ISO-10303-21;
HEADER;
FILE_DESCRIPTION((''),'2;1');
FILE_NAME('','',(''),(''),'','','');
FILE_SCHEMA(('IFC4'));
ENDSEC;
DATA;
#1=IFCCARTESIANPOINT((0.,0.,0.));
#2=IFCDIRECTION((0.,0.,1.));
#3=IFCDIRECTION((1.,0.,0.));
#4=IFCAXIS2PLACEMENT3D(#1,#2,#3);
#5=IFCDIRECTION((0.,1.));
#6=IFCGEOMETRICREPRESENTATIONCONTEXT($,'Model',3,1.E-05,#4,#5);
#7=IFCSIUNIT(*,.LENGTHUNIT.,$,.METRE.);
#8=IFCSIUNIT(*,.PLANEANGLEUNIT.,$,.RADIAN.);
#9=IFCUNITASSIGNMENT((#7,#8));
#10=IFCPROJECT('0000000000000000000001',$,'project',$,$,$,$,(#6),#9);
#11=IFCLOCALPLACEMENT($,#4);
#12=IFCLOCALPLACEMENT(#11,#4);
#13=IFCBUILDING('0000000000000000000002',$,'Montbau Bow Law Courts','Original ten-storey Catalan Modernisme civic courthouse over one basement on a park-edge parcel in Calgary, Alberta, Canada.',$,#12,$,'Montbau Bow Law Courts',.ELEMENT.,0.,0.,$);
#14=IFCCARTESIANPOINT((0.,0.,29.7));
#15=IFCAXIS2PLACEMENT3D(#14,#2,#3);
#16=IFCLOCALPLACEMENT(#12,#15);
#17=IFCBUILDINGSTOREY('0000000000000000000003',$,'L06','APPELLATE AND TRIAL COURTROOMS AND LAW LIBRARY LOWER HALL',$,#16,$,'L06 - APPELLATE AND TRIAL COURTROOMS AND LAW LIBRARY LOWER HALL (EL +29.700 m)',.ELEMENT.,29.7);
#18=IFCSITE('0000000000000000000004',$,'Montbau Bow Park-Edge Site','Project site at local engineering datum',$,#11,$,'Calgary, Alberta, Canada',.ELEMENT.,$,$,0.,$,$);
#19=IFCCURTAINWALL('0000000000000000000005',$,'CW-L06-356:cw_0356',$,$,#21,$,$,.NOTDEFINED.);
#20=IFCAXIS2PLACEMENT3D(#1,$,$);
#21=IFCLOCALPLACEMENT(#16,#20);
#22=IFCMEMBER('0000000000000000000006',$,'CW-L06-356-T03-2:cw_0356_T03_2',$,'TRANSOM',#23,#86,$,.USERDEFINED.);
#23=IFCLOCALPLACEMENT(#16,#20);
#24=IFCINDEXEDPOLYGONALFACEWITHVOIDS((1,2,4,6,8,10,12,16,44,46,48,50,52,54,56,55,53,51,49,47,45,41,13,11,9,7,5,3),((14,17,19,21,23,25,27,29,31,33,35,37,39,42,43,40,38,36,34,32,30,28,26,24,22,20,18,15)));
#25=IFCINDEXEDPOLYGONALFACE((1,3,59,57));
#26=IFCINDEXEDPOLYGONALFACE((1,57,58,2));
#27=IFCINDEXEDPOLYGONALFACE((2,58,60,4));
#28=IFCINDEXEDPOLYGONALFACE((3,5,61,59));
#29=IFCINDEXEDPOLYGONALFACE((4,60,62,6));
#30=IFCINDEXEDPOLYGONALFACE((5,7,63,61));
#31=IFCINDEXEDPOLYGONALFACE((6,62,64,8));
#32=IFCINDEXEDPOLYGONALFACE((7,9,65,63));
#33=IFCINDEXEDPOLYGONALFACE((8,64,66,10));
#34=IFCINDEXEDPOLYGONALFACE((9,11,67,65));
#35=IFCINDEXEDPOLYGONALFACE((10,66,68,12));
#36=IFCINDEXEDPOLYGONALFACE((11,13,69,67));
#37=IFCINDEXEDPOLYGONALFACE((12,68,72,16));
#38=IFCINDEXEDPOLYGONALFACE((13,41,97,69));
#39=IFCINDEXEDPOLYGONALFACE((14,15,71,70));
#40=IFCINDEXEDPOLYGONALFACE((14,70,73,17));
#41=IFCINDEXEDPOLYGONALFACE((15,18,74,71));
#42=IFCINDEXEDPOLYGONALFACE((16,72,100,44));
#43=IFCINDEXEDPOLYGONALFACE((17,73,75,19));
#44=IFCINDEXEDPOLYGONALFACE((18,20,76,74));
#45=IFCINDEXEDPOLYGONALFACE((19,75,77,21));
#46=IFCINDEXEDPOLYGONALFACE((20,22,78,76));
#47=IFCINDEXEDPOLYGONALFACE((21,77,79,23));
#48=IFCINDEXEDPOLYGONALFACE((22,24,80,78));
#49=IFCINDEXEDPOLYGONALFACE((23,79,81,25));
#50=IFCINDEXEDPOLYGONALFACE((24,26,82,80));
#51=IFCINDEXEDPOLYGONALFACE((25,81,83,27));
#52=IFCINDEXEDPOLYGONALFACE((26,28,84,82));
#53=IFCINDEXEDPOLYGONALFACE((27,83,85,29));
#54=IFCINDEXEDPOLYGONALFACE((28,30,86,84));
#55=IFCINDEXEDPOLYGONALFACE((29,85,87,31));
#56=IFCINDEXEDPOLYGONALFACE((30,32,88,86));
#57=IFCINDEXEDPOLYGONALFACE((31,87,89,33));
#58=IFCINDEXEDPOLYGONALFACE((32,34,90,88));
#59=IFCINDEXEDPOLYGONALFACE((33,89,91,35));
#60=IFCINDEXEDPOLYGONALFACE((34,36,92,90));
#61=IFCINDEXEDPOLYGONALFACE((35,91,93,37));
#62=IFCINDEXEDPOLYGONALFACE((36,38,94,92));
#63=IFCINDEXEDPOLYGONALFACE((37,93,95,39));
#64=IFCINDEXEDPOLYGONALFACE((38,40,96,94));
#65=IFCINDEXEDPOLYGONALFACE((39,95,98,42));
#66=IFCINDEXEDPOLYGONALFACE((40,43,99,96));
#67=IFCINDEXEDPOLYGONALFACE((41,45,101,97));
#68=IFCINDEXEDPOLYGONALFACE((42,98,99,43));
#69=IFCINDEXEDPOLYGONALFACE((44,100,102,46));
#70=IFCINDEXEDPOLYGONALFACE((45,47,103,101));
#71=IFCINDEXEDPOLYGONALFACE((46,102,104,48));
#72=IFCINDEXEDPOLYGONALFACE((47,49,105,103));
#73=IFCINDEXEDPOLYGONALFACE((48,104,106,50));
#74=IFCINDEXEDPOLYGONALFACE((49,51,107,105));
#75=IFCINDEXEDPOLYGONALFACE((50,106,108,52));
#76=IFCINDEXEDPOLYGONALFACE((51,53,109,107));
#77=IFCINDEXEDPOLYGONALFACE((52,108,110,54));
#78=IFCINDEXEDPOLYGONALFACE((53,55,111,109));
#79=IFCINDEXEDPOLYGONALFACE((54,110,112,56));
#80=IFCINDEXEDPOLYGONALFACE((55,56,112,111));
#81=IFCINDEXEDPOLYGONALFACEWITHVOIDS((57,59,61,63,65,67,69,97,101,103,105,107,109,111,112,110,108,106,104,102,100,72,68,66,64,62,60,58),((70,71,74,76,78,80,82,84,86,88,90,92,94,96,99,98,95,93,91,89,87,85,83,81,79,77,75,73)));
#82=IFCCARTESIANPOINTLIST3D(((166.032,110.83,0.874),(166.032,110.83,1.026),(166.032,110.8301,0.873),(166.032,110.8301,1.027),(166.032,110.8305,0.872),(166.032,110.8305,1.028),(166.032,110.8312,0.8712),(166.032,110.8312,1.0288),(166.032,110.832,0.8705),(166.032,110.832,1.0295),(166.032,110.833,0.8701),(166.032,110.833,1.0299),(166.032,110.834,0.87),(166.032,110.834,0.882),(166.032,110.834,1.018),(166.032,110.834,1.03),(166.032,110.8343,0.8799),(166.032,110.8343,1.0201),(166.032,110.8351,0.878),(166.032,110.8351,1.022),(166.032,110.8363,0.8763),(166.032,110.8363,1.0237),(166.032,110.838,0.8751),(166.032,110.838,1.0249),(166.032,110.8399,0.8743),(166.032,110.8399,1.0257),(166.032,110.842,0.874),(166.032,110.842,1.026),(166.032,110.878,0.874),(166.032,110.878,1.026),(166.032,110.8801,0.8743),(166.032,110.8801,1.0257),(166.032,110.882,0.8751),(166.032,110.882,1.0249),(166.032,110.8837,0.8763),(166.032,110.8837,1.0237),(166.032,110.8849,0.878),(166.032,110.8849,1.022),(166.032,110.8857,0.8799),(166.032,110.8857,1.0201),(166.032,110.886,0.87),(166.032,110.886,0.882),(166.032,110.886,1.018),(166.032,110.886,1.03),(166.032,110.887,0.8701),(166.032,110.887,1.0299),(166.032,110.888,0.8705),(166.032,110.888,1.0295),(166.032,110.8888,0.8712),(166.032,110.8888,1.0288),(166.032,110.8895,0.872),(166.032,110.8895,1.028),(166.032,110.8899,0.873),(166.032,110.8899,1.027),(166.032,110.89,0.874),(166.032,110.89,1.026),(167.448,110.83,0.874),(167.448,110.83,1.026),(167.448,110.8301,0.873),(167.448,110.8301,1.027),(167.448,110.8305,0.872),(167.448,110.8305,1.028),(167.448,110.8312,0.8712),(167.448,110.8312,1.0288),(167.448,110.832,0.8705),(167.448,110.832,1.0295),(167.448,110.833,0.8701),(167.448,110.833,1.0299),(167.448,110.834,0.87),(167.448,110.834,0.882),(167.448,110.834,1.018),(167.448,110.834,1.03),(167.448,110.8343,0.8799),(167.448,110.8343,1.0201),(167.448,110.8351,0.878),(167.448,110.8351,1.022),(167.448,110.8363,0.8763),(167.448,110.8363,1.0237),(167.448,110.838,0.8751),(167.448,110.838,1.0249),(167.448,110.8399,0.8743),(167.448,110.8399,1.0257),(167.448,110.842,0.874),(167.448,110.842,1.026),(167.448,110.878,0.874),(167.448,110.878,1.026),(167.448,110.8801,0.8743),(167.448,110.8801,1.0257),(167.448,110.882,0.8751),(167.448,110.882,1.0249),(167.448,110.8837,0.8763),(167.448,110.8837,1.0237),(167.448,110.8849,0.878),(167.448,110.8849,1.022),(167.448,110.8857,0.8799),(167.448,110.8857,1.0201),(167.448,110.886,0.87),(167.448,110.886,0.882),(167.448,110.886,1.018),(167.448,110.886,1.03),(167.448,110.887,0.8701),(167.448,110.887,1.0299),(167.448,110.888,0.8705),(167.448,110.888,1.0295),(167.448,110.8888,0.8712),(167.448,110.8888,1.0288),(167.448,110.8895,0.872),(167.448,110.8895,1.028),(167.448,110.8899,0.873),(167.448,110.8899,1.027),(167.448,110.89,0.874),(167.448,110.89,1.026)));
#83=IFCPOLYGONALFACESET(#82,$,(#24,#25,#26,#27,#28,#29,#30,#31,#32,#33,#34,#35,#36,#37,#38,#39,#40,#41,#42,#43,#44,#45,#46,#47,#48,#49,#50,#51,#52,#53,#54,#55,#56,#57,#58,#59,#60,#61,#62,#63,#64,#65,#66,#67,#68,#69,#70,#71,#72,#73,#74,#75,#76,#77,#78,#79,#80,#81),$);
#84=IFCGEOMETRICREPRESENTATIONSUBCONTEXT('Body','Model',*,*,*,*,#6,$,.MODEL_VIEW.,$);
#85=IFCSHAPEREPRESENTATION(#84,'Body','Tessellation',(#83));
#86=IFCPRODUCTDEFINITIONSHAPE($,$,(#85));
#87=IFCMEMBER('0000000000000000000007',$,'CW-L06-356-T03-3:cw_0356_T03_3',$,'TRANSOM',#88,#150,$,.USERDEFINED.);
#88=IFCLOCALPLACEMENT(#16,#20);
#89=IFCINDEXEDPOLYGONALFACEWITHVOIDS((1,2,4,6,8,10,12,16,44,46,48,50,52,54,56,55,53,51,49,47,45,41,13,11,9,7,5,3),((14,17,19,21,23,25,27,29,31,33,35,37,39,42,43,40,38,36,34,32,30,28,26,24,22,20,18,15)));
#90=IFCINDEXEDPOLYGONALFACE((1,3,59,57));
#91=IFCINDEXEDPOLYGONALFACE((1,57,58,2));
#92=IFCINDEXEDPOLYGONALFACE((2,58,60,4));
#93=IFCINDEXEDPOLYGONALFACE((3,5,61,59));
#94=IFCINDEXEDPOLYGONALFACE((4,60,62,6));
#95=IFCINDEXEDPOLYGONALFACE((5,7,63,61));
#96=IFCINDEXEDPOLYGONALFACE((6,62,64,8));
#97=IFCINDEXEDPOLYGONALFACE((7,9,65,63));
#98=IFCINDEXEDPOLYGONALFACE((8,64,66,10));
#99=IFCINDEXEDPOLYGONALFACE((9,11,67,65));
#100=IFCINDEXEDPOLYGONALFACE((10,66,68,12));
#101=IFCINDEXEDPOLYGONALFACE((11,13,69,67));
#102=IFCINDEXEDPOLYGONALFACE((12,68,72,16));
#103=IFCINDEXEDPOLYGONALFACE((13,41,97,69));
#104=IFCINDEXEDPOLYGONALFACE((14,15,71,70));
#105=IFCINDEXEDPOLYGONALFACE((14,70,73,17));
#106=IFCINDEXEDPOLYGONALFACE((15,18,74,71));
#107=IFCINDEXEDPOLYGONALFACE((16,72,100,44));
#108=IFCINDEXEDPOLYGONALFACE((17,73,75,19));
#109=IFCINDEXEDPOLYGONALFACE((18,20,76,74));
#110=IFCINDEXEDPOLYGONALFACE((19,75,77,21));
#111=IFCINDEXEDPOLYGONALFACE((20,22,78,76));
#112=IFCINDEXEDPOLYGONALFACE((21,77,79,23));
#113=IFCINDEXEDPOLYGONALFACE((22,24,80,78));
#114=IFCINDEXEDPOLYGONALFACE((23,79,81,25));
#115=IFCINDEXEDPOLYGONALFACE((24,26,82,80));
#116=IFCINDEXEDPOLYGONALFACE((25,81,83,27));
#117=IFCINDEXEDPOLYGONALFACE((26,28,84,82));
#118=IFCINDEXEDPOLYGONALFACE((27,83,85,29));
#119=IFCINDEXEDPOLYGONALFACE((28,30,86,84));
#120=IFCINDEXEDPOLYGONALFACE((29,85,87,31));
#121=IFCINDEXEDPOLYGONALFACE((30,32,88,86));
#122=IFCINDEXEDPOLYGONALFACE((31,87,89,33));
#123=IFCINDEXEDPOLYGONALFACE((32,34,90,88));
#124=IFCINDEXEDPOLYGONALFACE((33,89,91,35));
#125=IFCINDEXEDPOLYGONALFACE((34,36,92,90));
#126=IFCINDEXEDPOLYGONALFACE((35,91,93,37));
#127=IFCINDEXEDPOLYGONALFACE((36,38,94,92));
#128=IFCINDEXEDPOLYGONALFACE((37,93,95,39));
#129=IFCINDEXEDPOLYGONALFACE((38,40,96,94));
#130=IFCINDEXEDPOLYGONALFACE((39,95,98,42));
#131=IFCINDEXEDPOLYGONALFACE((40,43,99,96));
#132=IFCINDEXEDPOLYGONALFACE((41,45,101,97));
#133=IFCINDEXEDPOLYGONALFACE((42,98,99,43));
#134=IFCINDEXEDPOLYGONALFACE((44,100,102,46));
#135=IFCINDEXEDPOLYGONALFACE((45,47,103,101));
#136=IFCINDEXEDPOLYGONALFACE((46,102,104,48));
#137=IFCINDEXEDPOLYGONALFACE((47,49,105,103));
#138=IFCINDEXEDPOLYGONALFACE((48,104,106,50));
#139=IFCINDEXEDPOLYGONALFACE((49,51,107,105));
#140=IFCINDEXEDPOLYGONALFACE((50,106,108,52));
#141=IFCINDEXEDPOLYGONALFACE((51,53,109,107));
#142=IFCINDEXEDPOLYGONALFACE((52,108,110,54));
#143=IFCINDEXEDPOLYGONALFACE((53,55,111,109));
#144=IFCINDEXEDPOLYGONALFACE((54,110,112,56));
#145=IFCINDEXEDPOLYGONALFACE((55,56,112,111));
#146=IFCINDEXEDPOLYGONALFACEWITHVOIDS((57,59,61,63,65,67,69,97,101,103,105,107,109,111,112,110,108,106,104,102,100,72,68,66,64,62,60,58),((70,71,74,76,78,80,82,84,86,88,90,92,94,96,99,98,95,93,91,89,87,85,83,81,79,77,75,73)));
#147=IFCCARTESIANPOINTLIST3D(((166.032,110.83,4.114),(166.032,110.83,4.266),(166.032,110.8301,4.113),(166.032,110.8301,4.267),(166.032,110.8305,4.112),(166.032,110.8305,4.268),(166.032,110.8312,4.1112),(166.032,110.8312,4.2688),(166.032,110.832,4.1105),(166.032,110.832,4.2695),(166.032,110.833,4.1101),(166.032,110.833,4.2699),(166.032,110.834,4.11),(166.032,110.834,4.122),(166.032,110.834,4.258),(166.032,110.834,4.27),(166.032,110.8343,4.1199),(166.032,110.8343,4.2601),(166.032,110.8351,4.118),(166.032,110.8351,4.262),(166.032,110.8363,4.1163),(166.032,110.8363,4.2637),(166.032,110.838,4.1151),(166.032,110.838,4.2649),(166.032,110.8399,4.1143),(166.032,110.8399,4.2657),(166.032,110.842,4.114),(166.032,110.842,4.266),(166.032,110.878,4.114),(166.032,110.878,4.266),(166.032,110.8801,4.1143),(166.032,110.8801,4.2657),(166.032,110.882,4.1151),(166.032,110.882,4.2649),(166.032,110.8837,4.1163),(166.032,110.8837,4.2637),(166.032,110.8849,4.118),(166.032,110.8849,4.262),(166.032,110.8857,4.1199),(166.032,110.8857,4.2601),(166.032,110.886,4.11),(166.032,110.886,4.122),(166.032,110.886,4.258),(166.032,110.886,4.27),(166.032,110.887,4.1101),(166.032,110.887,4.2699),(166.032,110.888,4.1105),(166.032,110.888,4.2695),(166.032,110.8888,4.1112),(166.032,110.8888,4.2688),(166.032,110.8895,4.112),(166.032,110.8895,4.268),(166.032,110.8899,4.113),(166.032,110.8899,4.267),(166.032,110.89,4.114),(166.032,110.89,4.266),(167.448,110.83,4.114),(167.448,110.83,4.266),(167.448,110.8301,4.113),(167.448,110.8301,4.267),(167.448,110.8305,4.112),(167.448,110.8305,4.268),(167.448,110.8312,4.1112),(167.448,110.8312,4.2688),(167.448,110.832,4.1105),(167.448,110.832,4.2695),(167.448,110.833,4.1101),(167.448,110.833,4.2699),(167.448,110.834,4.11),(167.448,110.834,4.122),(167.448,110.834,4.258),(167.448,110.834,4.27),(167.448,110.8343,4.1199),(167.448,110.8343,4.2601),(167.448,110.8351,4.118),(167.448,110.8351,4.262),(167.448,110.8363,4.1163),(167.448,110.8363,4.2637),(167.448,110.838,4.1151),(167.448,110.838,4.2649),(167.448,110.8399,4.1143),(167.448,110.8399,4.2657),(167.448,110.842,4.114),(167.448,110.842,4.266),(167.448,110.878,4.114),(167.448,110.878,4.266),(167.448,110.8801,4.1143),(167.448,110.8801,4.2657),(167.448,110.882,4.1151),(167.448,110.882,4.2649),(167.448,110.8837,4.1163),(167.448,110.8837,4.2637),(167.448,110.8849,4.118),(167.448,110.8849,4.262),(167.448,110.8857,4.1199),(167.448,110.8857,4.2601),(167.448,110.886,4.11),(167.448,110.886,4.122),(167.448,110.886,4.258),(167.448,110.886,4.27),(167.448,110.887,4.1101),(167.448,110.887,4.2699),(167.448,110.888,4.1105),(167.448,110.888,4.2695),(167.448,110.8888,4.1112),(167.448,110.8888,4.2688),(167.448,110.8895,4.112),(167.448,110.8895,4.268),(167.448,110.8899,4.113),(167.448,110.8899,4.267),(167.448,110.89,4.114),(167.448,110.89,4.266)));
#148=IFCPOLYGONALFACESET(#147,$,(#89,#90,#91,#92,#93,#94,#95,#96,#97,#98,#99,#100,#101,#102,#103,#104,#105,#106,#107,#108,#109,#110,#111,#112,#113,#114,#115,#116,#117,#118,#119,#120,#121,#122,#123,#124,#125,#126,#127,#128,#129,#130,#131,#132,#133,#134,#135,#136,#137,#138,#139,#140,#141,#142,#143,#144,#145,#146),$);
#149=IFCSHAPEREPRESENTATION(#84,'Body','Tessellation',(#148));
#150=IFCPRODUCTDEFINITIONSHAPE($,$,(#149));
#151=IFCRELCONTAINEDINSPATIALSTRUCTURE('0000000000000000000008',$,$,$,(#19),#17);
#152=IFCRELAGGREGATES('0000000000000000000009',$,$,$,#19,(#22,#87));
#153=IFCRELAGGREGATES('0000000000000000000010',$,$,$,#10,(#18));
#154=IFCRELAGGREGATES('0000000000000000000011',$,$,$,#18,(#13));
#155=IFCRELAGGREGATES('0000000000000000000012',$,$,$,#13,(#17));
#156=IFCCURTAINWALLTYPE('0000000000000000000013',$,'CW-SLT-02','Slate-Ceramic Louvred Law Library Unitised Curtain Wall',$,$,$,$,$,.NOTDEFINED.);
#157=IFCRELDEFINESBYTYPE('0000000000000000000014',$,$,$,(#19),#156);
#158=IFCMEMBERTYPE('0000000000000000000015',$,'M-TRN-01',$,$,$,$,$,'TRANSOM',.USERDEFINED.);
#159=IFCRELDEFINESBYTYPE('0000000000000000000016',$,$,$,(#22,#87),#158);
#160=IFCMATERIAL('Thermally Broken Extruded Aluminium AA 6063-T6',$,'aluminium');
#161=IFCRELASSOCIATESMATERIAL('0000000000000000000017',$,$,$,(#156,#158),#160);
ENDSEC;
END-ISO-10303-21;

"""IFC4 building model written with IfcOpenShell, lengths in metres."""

from ifc_helpers import new_model, si_unit, direction, frame, origin_with_axes, origin_2d_with_axis, place, context, subcontext, project, spatial, hollow_rectangle, extrude, material, material_profile, profile_set, type_object, element, aggregate, save


model = new_model("IFC4")

# Units and contexts
model_context = context("Model", 3, precision=1e-05, world=origin_with_axes(), true_north=direction((0.0, 1.0)))
body_context = subcontext(model_context, "Body", "Model", "MODEL_VIEW")
ifc_project = project(units=[si_unit("LENGTHUNIT", "METRE"), si_unit("PLANEANGLEUNIT", "RADIAN")], contexts=[model_context])

# Site, building, storey
site_placement = place(None, origin_with_axes())
site = spatial("IfcSite", under=ifc_project, at=site_placement, Name="Montbau Bow Park-Edge Site", Description="Project site at local engineering datum", LongName="Calgary, Alberta, Canada", CompositionType="ELEMENT", RefElevation=0.0)
building_placement = place(site_placement, origin_with_axes())
building = spatial("IfcBuilding", under=site, at=building_placement, Name="Montbau Bow Law Courts", Description="Original ten-storey Catalan Modernisme civic courthouse over one basement on a park-edge parcel in Calgary, Alberta, Canada.", LongName="Montbau Bow Law Courts", CompositionType="ELEMENT", ElevationOfRefHeight=0.0, ElevationOfTerrain=0.0)
storey_placement = place(building_placement, frame((0.0, 0.0, 29.7), z_axis=(0.0, 0.0, 1.0), x_axis=(1.0, 0.0, 0.0)))
storey = spatial("IfcBuildingStorey", under=building, at=storey_placement, Name="L06", Description="APPELLATE AND TRIAL COURTROOMS AND LAW LIBRARY LOWER HALL", LongName="L06 - APPELLATE AND TRIAL COURTROOMS AND LAW LIBRARY LOWER HALL (EL +29.700 m)", CompositionType="ELEMENT", Elevation=29.7)

# Curtain wall, members
ifc_material_1 = material(Name="Thermally Broken Extruded Aluminium AA 6063-T6", Category="aluminium")
curtain_wall_type = type_object("IfcCurtainWallType", Name="CW-SLT-02", Description="Slate-Ceramic Louvred Law Library Unitised Curtain Wall", PredefinedType="NOTDEFINED", material=ifc_material_1)
curtain_wall_placement = place(None, frame((163.04, 110.86, 29.7), z_axis=(0.0, 0.0, 1.0), x_axis=(1.0, 0.0, 0.0)))
curtain_wall = element("IfcCurtainWall", 1, at=curtain_wall_placement, inside=storey, type_object=curtain_wall_type, Name="CW-L06-356:cw_0356", PredefinedType="NOTDEFINED")
ifc_material_profile_1 = material_profile(ifc_material_1, hollow_rectangle(XDim=0.06, YDim=0.16, WallThickness=0.004, InnerFilletRadius=0.008, OuterFilletRadius=0.004, at=origin_2d_with_axis()), Name="CWT-160X60", Category="Main", Priority=0)
ifc_profile_set_1 = profile_set([ifc_material_profile_1], Name="Thermally Broken Extruded Aluminium AA 6063-T6")
member_type_1 = type_object("IfcMemberType", Name="M-TRN-01", ElementType="TRANSOM", PredefinedType="USERDEFINED", material=ifc_profile_set_1)
member_1_placement = place(None, frame((166.032, 110.86, 30.65), z_axis=(1.0, 0.0, 0.0), x_axis=(0.0, 1.0, 0.0)))
member_1 = element("IfcMember", 2, at=member_1_placement, type_object=member_type_1, Name="CW-L06-356-T03-2:cw_0356_T03_2", ObjectType="TRANSOM", PredefinedType="USERDEFINED", context=body_context, shape_type="SweptSolid", body=[
    extrude(hollow_rectangle(XDim=0.06, YDim=0.16, WallThickness=0.004, InnerFilletRadius=0.008, OuterFilletRadius=0.004, at=origin_2d_with_axis()), origin_with_axes(), (0.0, 0.0, 1.0), 1.416),
])
member_2_placement = place(None, frame((166.032, 110.86, 33.89), z_axis=(1.0, 0.0, 0.0), x_axis=(0.0, 1.0, 0.0)))
member_2 = element("IfcMember", 3, at=member_2_placement, type_object=member_type_1, Name="CW-L06-356-T03-3:cw_0356_T03_3", ObjectType="TRANSOM", PredefinedType="USERDEFINED", context=body_context, shape_type="SweptSolid", body=[
    extrude(hollow_rectangle(XDim=0.06, YDim=0.16, WallThickness=0.004, InnerFilletRadius=0.008, OuterFilletRadius=0.004, at=origin_2d_with_axis()), origin_with_axes(), (0.0, 0.0, 1.0), 1.416),
])
aggregate(curtain_wall, [member_1, member_2])

save(model, "model.ifc")
